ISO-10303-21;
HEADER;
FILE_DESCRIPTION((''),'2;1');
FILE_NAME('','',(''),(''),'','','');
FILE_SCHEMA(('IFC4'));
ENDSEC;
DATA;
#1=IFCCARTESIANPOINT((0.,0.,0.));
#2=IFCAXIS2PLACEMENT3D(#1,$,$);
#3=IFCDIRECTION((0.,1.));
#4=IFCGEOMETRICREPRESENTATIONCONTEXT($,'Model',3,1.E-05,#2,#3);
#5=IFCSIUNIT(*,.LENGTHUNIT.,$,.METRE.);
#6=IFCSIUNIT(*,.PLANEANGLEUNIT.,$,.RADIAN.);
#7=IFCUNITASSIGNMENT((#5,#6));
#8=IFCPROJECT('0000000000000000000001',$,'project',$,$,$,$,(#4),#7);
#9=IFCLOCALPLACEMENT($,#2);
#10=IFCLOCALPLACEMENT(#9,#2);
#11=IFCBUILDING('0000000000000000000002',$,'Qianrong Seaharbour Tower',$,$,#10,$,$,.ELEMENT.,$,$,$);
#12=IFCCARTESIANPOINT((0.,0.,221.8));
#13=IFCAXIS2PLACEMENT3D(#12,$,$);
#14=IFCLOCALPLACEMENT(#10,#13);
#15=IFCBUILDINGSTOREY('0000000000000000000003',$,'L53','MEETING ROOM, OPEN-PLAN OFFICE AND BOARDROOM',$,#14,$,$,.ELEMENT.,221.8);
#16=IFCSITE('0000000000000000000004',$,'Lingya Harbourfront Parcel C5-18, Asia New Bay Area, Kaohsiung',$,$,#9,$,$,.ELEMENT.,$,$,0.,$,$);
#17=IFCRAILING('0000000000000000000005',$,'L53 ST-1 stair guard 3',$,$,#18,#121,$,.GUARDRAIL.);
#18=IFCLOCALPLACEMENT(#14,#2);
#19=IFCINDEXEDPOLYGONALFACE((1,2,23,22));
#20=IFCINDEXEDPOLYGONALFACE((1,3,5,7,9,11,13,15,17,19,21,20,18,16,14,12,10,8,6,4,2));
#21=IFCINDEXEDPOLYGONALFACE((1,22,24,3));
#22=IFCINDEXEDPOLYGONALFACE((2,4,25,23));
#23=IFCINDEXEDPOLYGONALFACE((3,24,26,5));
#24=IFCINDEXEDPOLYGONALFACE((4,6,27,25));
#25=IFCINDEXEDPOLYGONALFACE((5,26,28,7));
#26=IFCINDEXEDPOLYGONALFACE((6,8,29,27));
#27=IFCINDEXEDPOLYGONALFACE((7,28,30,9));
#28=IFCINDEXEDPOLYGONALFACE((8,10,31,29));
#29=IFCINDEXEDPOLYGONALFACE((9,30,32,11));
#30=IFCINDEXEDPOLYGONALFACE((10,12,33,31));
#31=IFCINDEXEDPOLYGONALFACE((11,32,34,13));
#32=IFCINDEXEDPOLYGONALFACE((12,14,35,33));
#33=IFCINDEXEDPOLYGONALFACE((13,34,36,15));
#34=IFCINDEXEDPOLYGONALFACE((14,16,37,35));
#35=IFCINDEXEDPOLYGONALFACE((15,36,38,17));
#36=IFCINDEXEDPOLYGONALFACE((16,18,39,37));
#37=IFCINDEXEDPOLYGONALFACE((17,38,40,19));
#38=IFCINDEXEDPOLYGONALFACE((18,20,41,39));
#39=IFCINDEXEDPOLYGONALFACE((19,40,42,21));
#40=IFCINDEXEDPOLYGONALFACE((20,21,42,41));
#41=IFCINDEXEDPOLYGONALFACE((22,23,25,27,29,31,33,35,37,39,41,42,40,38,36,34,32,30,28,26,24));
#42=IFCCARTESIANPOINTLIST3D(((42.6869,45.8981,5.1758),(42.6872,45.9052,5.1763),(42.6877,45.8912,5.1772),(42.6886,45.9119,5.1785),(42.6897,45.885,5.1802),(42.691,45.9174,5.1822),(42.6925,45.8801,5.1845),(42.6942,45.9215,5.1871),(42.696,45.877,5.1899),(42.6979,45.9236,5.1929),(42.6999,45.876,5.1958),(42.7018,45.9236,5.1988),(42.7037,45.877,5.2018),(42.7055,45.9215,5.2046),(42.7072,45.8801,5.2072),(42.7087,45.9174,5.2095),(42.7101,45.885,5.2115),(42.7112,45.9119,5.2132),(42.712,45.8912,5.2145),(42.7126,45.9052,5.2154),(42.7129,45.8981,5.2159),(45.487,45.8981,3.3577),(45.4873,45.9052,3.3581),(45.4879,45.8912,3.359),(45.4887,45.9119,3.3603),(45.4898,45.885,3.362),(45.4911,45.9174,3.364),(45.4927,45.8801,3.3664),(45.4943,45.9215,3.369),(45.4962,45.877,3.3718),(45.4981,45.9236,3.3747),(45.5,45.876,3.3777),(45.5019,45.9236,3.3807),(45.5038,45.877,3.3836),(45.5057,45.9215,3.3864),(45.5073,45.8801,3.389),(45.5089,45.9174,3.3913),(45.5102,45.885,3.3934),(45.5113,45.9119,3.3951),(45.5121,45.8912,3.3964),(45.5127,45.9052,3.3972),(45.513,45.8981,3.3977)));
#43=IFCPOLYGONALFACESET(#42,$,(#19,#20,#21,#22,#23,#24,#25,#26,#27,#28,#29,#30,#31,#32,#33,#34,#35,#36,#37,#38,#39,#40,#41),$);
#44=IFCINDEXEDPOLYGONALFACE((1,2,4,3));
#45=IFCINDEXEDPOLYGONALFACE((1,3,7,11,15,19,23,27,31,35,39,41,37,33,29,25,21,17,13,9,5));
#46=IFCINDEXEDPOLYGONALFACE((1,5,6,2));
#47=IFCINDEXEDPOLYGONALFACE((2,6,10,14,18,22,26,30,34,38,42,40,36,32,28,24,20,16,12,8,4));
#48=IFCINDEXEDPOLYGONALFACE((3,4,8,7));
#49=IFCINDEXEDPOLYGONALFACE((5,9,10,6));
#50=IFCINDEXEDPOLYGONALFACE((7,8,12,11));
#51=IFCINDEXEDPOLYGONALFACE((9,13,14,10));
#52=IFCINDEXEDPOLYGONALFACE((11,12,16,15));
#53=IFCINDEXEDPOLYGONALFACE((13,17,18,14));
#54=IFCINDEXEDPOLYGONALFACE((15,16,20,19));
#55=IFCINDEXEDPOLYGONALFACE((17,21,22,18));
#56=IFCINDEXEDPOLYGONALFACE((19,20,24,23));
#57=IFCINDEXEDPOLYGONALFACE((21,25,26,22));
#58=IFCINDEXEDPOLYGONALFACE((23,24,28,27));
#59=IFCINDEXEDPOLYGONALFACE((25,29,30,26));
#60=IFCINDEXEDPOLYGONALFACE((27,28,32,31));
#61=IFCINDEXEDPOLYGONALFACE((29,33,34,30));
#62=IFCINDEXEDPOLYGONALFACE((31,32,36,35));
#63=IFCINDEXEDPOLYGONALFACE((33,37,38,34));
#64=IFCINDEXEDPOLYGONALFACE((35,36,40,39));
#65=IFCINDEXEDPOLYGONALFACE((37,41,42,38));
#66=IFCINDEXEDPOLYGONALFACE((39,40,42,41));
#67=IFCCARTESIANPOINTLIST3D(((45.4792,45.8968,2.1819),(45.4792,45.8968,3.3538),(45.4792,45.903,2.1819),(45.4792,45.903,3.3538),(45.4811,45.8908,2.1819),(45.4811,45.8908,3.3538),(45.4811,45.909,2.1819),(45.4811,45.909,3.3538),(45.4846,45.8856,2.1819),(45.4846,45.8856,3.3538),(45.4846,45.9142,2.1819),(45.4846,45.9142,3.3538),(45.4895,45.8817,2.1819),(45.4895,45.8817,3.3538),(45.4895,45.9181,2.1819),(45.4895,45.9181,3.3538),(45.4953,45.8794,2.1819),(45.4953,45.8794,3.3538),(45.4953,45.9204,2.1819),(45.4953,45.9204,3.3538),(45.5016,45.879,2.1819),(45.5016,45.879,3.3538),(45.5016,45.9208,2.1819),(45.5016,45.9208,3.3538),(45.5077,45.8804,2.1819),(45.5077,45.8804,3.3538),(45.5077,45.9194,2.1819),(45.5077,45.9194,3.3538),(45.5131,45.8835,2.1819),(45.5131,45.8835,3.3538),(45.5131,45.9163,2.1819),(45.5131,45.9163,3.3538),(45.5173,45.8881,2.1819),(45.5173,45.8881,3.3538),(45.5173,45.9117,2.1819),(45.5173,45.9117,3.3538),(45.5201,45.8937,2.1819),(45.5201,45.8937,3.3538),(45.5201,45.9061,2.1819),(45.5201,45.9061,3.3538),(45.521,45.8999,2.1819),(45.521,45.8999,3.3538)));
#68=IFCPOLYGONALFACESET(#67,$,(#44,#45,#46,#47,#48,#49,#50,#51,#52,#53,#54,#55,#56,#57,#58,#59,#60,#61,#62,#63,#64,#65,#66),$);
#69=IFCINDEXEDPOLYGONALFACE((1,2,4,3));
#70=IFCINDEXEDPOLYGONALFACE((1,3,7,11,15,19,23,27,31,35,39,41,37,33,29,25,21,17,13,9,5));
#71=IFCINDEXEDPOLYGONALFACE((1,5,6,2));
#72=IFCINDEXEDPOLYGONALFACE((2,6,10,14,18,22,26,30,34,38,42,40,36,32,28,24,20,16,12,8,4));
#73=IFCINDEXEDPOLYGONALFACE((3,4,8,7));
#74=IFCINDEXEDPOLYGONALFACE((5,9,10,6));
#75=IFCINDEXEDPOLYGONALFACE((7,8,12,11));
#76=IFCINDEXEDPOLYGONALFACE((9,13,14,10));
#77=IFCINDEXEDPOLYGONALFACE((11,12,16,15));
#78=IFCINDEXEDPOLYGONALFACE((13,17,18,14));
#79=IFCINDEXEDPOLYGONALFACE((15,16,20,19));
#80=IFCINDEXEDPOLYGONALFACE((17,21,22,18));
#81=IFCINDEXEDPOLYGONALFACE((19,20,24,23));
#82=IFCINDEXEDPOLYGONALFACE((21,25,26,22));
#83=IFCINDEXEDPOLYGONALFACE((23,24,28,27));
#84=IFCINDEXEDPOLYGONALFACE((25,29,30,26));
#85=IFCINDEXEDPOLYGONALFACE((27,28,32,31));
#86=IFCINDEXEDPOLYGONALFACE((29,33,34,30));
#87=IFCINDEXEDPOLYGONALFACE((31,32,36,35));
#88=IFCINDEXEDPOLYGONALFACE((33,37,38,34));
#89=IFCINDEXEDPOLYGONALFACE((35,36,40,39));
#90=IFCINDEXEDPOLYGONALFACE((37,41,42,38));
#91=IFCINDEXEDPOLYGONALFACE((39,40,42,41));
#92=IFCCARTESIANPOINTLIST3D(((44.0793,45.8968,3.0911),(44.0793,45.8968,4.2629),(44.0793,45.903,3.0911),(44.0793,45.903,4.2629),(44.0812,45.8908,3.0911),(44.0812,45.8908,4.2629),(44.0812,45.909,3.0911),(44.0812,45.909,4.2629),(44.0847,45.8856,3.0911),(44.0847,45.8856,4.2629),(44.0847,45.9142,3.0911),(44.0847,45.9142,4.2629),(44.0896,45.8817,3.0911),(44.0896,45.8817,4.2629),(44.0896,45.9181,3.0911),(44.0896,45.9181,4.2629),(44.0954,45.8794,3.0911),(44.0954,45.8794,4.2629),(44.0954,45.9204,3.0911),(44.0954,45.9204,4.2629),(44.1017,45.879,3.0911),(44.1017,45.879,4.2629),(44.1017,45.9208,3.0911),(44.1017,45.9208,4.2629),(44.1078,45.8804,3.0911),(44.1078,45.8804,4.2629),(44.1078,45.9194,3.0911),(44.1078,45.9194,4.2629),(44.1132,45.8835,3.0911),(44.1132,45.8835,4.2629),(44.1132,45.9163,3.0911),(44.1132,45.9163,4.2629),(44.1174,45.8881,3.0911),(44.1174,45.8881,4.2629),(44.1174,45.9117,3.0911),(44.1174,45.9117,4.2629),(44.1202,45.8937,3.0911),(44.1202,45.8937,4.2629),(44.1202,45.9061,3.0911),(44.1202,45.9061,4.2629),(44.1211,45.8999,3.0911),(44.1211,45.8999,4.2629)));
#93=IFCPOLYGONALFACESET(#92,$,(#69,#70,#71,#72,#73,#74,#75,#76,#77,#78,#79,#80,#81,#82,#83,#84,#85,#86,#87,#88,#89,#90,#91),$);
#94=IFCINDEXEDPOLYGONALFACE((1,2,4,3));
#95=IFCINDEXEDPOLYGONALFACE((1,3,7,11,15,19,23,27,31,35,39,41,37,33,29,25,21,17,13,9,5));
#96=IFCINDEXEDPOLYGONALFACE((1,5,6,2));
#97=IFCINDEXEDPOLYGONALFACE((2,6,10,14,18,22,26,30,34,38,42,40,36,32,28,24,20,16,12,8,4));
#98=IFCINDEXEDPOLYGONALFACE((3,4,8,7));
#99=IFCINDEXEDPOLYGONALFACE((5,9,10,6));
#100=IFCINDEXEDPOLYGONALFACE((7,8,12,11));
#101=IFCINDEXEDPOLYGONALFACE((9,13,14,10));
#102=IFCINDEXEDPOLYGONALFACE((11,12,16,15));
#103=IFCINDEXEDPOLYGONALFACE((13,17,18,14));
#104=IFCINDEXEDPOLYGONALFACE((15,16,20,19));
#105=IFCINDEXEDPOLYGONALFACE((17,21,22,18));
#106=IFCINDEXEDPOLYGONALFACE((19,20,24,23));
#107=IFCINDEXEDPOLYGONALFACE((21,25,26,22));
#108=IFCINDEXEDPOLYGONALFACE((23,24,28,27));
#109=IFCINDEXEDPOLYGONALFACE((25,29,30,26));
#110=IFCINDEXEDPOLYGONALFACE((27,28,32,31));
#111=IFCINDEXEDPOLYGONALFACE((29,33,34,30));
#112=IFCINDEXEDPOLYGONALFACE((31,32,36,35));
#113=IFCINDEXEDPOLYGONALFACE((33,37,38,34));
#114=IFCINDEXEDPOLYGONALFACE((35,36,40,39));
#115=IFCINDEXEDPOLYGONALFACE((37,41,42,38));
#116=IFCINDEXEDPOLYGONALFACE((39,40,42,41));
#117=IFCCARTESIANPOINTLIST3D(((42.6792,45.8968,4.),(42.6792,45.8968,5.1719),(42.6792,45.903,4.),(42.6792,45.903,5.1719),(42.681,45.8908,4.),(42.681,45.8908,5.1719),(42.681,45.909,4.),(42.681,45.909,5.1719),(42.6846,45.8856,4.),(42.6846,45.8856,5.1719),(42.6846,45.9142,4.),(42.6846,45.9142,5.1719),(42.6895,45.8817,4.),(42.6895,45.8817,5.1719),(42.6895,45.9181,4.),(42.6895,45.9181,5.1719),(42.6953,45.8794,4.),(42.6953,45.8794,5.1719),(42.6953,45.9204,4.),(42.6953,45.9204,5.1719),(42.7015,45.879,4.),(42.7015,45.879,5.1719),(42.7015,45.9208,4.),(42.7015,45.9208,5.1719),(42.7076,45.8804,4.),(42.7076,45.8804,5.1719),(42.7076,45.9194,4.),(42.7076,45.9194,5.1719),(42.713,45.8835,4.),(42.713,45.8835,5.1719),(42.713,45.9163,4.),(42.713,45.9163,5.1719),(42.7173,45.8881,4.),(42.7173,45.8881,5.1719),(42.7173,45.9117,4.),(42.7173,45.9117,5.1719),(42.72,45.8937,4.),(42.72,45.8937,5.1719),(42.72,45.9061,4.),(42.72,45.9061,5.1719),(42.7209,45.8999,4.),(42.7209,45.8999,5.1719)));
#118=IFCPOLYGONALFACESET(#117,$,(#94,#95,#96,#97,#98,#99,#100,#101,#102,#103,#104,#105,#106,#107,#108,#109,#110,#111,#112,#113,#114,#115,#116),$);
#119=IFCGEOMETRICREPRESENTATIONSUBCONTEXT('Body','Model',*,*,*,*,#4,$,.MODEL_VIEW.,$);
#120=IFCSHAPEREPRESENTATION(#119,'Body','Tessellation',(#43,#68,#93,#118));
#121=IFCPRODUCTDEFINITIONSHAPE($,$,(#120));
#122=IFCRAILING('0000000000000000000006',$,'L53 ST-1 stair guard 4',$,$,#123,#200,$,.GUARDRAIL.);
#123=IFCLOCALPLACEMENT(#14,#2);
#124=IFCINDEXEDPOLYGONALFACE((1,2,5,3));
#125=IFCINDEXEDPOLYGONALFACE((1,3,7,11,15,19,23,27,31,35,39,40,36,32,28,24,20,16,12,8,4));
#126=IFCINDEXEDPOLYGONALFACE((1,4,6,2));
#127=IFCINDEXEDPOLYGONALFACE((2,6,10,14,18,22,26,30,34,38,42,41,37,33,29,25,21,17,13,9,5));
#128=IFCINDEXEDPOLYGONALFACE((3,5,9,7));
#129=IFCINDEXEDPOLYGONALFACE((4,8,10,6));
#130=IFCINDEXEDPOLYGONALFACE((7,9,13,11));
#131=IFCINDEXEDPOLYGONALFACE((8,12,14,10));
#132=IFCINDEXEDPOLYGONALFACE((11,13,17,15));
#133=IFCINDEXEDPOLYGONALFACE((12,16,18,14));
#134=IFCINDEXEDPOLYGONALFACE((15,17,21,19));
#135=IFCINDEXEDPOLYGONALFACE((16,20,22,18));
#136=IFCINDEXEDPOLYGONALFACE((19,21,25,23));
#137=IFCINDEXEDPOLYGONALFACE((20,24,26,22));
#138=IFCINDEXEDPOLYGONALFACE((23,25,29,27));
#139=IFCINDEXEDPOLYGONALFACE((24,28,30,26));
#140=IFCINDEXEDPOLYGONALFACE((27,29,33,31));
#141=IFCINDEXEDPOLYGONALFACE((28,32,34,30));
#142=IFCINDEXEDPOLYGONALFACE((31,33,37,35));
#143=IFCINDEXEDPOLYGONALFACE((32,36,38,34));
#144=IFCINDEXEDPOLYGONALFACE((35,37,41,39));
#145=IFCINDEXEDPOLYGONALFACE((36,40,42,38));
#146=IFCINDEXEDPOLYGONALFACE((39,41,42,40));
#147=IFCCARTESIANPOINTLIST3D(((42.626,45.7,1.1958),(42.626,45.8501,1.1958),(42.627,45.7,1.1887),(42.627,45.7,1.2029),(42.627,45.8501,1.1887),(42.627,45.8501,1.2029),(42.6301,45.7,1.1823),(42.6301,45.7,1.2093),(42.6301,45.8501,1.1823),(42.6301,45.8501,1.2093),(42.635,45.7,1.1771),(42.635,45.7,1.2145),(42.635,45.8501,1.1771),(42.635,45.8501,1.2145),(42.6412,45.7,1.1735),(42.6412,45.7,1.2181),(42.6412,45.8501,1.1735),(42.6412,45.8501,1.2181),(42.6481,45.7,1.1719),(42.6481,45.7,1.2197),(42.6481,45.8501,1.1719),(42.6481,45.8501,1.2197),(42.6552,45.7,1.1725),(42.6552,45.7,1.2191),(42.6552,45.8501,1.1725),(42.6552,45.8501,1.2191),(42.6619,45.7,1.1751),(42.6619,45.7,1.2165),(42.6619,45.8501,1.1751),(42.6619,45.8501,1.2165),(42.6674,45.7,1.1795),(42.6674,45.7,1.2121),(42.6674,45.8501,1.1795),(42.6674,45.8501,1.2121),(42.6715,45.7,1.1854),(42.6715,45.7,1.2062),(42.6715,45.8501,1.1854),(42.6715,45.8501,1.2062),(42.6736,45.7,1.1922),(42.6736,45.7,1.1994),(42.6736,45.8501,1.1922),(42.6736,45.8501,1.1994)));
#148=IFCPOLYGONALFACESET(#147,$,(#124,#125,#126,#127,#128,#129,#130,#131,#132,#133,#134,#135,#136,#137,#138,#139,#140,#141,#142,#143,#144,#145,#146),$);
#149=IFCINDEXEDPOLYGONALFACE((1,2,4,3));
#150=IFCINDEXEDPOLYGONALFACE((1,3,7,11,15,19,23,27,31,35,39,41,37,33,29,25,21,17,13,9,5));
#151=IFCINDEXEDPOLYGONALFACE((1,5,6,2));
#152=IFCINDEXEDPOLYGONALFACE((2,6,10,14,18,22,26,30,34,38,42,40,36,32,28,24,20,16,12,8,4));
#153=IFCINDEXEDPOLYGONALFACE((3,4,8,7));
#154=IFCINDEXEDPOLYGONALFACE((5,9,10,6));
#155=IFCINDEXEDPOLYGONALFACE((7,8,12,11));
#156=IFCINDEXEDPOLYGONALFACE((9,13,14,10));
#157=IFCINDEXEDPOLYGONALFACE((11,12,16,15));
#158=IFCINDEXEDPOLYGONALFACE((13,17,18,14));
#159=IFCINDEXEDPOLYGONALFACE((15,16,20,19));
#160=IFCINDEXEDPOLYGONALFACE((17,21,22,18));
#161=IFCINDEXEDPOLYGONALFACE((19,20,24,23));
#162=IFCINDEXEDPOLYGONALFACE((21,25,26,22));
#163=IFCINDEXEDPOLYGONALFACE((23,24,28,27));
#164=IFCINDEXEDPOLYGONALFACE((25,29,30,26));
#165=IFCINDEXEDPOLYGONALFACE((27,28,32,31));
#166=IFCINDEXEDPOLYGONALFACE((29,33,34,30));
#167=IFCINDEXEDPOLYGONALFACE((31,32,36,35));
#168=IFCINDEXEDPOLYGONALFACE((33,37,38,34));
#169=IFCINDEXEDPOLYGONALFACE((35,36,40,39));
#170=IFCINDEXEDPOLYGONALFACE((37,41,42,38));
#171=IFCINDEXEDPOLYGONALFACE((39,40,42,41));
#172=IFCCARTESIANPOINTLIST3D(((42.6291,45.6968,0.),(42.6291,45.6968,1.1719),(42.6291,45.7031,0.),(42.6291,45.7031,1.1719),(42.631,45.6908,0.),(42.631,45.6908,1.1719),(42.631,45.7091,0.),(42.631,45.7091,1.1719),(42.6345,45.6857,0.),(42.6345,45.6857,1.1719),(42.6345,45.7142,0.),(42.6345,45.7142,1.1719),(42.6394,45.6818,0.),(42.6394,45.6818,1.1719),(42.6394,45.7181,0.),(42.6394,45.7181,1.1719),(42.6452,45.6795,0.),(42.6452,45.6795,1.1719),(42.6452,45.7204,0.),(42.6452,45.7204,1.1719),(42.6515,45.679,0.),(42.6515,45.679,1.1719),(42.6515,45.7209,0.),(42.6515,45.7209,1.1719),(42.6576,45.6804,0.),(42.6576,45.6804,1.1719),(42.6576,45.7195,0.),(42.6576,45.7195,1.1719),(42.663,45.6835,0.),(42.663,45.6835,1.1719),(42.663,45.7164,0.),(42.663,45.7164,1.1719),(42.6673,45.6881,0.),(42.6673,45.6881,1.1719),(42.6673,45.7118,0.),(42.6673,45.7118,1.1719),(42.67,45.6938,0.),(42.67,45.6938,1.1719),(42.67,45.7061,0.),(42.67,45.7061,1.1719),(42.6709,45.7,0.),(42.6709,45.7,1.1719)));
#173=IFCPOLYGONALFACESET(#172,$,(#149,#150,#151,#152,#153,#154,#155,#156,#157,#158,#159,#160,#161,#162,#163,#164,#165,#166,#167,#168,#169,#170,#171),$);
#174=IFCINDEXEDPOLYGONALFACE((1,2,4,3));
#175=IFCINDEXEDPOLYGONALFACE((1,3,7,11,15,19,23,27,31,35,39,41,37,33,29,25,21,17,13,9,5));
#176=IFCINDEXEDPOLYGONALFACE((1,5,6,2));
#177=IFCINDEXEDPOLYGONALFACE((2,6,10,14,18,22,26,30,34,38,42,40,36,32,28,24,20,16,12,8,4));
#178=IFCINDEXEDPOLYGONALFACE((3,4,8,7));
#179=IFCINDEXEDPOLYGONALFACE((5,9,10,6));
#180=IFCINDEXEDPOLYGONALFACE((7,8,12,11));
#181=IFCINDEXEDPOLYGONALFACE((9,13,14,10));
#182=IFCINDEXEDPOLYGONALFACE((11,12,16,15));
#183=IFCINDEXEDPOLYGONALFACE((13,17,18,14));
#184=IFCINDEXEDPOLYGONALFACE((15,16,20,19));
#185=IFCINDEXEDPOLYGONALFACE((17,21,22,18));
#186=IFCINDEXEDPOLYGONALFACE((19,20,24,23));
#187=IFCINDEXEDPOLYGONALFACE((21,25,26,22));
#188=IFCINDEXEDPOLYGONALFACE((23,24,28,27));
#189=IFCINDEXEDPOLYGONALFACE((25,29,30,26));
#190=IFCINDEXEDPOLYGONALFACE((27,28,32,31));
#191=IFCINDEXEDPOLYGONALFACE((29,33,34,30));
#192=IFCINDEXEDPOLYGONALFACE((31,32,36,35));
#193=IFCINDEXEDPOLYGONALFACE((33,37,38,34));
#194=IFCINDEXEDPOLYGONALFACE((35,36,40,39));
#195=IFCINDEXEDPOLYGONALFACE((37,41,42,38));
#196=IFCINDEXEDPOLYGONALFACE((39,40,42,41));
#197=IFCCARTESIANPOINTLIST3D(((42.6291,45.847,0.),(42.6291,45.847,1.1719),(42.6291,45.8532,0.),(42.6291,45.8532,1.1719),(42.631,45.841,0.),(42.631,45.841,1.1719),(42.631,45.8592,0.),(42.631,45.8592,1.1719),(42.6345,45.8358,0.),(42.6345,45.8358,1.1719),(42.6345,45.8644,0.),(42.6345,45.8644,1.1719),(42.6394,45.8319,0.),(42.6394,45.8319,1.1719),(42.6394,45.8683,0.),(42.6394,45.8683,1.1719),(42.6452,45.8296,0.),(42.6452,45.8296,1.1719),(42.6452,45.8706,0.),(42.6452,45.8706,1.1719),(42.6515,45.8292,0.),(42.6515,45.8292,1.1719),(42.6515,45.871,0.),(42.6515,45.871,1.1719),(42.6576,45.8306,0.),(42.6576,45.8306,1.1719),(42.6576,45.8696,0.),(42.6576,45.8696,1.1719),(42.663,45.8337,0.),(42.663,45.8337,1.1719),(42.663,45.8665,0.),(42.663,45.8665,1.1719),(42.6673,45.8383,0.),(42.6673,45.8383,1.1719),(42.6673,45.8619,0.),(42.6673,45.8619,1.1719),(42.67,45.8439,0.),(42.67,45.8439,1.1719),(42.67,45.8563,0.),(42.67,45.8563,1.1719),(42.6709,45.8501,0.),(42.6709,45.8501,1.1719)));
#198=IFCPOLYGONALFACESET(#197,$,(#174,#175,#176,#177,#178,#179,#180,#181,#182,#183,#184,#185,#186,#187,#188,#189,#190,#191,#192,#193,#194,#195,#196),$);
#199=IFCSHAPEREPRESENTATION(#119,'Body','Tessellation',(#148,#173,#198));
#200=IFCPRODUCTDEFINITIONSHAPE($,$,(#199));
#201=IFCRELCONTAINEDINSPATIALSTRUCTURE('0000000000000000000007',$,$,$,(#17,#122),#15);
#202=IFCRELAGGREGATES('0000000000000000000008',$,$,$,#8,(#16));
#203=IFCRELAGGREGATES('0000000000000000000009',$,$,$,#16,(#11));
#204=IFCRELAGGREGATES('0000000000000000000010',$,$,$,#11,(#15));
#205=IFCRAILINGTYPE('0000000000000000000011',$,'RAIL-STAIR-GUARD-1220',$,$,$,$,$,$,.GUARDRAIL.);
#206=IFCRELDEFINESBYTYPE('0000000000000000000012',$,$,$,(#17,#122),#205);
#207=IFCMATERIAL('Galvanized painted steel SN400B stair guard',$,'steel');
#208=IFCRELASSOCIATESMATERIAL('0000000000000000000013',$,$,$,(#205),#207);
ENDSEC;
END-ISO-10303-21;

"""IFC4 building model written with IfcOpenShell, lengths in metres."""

from ifc_helpers import new_model, si_unit, direction, frame, origin, origin_2d, place, context, subcontext, project, spatial, circle, extrude, material, type_object, element, save


model = new_model("IFC4")

# Units and contexts
model_context = context("Model", 3, precision=1e-05, world=origin(), true_north=direction((0.0, 1.0)))
body_context = subcontext(model_context, "Body", "Model", "MODEL_VIEW")
ifc_project = project(units=[si_unit("LENGTHUNIT", "METRE"), si_unit("PLANEANGLEUNIT", "RADIAN")], contexts=[model_context])

# Site, building, storey
site_placement = place(None, origin())
site = spatial("IfcSite", under=ifc_project, at=site_placement, Name="Lingya Harbourfront Parcel C5-18, Asia New Bay Area, Kaohsiung", CompositionType="ELEMENT", RefElevation=0.0)
building_placement = place(site_placement, origin())
building = spatial("IfcBuilding", under=site, at=building_placement, Name="Qianrong Seaharbour Tower", CompositionType="ELEMENT")
storey_placement = place(building_placement, frame((0.0, 0.0, 221.8)))
storey = spatial("IfcBuildingStorey", under=building, at=storey_placement, Name="L53", Description="MEETING ROOM, OPEN-PLAN OFFICE AND BOARDROOM", CompositionType="ELEMENT", Elevation=221.8)

# Railings
ifc_material_1 = material(Name="Galvanized painted steel SN400B stair guard", Category="steel")
railing_type_1 = type_object("IfcRailingType", Name="RAIL-STAIR-GUARD-1220", PredefinedType="GUARDRAIL", material=ifc_material_1)
railing_1_placement = place(storey_placement, frame((45.5, 45.8999, 2.1819)))
element("IfcRailing", 1, at=railing_1_placement, inside=storey, type_object=railing_type_1, Name="L53 ST-1 stair guard 3", PredefinedType="GUARDRAIL", context=body_context, shape_type="SweptSolid", body=[
    extrude(circle(Radius=0.0239, at=origin_2d()), frame((0.0, 0.0, 1.1958), z_axis=(-0.838706, 0.0, 0.544585), x_axis=(0.0, -1.0, 0.0)), (0.0, 0.0, 1.0), 3.3386),
    extrude(circle(Radius=0.021, at=origin_2d()), origin(), (0.0, 0.0, 1.0), 1.1719),
    extrude(circle(Radius=0.021, at=origin_2d()), frame((-1.3999, 0.0, 0.9092)), (0.0, 0.0, 1.0), 1.1719),
    extrude(circle(Radius=0.021, at=origin_2d()), frame((-2.8, 0.0, 1.8181)), (0.0, 0.0, 1.0), 1.1719),
])
railing_2_placement = place(storey_placement, frame((42.6499, 45.7, 0.0)))
element("IfcRailing", 2, at=railing_2_placement, inside=storey, type_object=railing_type_1, Name="L53 ST-1 stair guard 4", PredefinedType="GUARDRAIL", context=body_context, shape_type="SweptSolid", body=[
    extrude(circle(Radius=0.0239, at=origin_2d()), frame((0.0, 0.0, 1.1958), z_axis=(0.0, 1.0, 0.0), x_axis=(-1.0, 0.0, 0.0)), (0.0, 0.0, 1.0), 0.1501),
    extrude(circle(Radius=0.021, at=origin_2d()), origin(), (0.0, 0.0, 1.0), 1.1719),
    extrude(circle(Radius=0.021, at=origin_2d()), frame((0.0, 0.1501, 0.0)), (0.0, 0.0, 1.0), 1.1719),
])

save(model, "model.ifc")
